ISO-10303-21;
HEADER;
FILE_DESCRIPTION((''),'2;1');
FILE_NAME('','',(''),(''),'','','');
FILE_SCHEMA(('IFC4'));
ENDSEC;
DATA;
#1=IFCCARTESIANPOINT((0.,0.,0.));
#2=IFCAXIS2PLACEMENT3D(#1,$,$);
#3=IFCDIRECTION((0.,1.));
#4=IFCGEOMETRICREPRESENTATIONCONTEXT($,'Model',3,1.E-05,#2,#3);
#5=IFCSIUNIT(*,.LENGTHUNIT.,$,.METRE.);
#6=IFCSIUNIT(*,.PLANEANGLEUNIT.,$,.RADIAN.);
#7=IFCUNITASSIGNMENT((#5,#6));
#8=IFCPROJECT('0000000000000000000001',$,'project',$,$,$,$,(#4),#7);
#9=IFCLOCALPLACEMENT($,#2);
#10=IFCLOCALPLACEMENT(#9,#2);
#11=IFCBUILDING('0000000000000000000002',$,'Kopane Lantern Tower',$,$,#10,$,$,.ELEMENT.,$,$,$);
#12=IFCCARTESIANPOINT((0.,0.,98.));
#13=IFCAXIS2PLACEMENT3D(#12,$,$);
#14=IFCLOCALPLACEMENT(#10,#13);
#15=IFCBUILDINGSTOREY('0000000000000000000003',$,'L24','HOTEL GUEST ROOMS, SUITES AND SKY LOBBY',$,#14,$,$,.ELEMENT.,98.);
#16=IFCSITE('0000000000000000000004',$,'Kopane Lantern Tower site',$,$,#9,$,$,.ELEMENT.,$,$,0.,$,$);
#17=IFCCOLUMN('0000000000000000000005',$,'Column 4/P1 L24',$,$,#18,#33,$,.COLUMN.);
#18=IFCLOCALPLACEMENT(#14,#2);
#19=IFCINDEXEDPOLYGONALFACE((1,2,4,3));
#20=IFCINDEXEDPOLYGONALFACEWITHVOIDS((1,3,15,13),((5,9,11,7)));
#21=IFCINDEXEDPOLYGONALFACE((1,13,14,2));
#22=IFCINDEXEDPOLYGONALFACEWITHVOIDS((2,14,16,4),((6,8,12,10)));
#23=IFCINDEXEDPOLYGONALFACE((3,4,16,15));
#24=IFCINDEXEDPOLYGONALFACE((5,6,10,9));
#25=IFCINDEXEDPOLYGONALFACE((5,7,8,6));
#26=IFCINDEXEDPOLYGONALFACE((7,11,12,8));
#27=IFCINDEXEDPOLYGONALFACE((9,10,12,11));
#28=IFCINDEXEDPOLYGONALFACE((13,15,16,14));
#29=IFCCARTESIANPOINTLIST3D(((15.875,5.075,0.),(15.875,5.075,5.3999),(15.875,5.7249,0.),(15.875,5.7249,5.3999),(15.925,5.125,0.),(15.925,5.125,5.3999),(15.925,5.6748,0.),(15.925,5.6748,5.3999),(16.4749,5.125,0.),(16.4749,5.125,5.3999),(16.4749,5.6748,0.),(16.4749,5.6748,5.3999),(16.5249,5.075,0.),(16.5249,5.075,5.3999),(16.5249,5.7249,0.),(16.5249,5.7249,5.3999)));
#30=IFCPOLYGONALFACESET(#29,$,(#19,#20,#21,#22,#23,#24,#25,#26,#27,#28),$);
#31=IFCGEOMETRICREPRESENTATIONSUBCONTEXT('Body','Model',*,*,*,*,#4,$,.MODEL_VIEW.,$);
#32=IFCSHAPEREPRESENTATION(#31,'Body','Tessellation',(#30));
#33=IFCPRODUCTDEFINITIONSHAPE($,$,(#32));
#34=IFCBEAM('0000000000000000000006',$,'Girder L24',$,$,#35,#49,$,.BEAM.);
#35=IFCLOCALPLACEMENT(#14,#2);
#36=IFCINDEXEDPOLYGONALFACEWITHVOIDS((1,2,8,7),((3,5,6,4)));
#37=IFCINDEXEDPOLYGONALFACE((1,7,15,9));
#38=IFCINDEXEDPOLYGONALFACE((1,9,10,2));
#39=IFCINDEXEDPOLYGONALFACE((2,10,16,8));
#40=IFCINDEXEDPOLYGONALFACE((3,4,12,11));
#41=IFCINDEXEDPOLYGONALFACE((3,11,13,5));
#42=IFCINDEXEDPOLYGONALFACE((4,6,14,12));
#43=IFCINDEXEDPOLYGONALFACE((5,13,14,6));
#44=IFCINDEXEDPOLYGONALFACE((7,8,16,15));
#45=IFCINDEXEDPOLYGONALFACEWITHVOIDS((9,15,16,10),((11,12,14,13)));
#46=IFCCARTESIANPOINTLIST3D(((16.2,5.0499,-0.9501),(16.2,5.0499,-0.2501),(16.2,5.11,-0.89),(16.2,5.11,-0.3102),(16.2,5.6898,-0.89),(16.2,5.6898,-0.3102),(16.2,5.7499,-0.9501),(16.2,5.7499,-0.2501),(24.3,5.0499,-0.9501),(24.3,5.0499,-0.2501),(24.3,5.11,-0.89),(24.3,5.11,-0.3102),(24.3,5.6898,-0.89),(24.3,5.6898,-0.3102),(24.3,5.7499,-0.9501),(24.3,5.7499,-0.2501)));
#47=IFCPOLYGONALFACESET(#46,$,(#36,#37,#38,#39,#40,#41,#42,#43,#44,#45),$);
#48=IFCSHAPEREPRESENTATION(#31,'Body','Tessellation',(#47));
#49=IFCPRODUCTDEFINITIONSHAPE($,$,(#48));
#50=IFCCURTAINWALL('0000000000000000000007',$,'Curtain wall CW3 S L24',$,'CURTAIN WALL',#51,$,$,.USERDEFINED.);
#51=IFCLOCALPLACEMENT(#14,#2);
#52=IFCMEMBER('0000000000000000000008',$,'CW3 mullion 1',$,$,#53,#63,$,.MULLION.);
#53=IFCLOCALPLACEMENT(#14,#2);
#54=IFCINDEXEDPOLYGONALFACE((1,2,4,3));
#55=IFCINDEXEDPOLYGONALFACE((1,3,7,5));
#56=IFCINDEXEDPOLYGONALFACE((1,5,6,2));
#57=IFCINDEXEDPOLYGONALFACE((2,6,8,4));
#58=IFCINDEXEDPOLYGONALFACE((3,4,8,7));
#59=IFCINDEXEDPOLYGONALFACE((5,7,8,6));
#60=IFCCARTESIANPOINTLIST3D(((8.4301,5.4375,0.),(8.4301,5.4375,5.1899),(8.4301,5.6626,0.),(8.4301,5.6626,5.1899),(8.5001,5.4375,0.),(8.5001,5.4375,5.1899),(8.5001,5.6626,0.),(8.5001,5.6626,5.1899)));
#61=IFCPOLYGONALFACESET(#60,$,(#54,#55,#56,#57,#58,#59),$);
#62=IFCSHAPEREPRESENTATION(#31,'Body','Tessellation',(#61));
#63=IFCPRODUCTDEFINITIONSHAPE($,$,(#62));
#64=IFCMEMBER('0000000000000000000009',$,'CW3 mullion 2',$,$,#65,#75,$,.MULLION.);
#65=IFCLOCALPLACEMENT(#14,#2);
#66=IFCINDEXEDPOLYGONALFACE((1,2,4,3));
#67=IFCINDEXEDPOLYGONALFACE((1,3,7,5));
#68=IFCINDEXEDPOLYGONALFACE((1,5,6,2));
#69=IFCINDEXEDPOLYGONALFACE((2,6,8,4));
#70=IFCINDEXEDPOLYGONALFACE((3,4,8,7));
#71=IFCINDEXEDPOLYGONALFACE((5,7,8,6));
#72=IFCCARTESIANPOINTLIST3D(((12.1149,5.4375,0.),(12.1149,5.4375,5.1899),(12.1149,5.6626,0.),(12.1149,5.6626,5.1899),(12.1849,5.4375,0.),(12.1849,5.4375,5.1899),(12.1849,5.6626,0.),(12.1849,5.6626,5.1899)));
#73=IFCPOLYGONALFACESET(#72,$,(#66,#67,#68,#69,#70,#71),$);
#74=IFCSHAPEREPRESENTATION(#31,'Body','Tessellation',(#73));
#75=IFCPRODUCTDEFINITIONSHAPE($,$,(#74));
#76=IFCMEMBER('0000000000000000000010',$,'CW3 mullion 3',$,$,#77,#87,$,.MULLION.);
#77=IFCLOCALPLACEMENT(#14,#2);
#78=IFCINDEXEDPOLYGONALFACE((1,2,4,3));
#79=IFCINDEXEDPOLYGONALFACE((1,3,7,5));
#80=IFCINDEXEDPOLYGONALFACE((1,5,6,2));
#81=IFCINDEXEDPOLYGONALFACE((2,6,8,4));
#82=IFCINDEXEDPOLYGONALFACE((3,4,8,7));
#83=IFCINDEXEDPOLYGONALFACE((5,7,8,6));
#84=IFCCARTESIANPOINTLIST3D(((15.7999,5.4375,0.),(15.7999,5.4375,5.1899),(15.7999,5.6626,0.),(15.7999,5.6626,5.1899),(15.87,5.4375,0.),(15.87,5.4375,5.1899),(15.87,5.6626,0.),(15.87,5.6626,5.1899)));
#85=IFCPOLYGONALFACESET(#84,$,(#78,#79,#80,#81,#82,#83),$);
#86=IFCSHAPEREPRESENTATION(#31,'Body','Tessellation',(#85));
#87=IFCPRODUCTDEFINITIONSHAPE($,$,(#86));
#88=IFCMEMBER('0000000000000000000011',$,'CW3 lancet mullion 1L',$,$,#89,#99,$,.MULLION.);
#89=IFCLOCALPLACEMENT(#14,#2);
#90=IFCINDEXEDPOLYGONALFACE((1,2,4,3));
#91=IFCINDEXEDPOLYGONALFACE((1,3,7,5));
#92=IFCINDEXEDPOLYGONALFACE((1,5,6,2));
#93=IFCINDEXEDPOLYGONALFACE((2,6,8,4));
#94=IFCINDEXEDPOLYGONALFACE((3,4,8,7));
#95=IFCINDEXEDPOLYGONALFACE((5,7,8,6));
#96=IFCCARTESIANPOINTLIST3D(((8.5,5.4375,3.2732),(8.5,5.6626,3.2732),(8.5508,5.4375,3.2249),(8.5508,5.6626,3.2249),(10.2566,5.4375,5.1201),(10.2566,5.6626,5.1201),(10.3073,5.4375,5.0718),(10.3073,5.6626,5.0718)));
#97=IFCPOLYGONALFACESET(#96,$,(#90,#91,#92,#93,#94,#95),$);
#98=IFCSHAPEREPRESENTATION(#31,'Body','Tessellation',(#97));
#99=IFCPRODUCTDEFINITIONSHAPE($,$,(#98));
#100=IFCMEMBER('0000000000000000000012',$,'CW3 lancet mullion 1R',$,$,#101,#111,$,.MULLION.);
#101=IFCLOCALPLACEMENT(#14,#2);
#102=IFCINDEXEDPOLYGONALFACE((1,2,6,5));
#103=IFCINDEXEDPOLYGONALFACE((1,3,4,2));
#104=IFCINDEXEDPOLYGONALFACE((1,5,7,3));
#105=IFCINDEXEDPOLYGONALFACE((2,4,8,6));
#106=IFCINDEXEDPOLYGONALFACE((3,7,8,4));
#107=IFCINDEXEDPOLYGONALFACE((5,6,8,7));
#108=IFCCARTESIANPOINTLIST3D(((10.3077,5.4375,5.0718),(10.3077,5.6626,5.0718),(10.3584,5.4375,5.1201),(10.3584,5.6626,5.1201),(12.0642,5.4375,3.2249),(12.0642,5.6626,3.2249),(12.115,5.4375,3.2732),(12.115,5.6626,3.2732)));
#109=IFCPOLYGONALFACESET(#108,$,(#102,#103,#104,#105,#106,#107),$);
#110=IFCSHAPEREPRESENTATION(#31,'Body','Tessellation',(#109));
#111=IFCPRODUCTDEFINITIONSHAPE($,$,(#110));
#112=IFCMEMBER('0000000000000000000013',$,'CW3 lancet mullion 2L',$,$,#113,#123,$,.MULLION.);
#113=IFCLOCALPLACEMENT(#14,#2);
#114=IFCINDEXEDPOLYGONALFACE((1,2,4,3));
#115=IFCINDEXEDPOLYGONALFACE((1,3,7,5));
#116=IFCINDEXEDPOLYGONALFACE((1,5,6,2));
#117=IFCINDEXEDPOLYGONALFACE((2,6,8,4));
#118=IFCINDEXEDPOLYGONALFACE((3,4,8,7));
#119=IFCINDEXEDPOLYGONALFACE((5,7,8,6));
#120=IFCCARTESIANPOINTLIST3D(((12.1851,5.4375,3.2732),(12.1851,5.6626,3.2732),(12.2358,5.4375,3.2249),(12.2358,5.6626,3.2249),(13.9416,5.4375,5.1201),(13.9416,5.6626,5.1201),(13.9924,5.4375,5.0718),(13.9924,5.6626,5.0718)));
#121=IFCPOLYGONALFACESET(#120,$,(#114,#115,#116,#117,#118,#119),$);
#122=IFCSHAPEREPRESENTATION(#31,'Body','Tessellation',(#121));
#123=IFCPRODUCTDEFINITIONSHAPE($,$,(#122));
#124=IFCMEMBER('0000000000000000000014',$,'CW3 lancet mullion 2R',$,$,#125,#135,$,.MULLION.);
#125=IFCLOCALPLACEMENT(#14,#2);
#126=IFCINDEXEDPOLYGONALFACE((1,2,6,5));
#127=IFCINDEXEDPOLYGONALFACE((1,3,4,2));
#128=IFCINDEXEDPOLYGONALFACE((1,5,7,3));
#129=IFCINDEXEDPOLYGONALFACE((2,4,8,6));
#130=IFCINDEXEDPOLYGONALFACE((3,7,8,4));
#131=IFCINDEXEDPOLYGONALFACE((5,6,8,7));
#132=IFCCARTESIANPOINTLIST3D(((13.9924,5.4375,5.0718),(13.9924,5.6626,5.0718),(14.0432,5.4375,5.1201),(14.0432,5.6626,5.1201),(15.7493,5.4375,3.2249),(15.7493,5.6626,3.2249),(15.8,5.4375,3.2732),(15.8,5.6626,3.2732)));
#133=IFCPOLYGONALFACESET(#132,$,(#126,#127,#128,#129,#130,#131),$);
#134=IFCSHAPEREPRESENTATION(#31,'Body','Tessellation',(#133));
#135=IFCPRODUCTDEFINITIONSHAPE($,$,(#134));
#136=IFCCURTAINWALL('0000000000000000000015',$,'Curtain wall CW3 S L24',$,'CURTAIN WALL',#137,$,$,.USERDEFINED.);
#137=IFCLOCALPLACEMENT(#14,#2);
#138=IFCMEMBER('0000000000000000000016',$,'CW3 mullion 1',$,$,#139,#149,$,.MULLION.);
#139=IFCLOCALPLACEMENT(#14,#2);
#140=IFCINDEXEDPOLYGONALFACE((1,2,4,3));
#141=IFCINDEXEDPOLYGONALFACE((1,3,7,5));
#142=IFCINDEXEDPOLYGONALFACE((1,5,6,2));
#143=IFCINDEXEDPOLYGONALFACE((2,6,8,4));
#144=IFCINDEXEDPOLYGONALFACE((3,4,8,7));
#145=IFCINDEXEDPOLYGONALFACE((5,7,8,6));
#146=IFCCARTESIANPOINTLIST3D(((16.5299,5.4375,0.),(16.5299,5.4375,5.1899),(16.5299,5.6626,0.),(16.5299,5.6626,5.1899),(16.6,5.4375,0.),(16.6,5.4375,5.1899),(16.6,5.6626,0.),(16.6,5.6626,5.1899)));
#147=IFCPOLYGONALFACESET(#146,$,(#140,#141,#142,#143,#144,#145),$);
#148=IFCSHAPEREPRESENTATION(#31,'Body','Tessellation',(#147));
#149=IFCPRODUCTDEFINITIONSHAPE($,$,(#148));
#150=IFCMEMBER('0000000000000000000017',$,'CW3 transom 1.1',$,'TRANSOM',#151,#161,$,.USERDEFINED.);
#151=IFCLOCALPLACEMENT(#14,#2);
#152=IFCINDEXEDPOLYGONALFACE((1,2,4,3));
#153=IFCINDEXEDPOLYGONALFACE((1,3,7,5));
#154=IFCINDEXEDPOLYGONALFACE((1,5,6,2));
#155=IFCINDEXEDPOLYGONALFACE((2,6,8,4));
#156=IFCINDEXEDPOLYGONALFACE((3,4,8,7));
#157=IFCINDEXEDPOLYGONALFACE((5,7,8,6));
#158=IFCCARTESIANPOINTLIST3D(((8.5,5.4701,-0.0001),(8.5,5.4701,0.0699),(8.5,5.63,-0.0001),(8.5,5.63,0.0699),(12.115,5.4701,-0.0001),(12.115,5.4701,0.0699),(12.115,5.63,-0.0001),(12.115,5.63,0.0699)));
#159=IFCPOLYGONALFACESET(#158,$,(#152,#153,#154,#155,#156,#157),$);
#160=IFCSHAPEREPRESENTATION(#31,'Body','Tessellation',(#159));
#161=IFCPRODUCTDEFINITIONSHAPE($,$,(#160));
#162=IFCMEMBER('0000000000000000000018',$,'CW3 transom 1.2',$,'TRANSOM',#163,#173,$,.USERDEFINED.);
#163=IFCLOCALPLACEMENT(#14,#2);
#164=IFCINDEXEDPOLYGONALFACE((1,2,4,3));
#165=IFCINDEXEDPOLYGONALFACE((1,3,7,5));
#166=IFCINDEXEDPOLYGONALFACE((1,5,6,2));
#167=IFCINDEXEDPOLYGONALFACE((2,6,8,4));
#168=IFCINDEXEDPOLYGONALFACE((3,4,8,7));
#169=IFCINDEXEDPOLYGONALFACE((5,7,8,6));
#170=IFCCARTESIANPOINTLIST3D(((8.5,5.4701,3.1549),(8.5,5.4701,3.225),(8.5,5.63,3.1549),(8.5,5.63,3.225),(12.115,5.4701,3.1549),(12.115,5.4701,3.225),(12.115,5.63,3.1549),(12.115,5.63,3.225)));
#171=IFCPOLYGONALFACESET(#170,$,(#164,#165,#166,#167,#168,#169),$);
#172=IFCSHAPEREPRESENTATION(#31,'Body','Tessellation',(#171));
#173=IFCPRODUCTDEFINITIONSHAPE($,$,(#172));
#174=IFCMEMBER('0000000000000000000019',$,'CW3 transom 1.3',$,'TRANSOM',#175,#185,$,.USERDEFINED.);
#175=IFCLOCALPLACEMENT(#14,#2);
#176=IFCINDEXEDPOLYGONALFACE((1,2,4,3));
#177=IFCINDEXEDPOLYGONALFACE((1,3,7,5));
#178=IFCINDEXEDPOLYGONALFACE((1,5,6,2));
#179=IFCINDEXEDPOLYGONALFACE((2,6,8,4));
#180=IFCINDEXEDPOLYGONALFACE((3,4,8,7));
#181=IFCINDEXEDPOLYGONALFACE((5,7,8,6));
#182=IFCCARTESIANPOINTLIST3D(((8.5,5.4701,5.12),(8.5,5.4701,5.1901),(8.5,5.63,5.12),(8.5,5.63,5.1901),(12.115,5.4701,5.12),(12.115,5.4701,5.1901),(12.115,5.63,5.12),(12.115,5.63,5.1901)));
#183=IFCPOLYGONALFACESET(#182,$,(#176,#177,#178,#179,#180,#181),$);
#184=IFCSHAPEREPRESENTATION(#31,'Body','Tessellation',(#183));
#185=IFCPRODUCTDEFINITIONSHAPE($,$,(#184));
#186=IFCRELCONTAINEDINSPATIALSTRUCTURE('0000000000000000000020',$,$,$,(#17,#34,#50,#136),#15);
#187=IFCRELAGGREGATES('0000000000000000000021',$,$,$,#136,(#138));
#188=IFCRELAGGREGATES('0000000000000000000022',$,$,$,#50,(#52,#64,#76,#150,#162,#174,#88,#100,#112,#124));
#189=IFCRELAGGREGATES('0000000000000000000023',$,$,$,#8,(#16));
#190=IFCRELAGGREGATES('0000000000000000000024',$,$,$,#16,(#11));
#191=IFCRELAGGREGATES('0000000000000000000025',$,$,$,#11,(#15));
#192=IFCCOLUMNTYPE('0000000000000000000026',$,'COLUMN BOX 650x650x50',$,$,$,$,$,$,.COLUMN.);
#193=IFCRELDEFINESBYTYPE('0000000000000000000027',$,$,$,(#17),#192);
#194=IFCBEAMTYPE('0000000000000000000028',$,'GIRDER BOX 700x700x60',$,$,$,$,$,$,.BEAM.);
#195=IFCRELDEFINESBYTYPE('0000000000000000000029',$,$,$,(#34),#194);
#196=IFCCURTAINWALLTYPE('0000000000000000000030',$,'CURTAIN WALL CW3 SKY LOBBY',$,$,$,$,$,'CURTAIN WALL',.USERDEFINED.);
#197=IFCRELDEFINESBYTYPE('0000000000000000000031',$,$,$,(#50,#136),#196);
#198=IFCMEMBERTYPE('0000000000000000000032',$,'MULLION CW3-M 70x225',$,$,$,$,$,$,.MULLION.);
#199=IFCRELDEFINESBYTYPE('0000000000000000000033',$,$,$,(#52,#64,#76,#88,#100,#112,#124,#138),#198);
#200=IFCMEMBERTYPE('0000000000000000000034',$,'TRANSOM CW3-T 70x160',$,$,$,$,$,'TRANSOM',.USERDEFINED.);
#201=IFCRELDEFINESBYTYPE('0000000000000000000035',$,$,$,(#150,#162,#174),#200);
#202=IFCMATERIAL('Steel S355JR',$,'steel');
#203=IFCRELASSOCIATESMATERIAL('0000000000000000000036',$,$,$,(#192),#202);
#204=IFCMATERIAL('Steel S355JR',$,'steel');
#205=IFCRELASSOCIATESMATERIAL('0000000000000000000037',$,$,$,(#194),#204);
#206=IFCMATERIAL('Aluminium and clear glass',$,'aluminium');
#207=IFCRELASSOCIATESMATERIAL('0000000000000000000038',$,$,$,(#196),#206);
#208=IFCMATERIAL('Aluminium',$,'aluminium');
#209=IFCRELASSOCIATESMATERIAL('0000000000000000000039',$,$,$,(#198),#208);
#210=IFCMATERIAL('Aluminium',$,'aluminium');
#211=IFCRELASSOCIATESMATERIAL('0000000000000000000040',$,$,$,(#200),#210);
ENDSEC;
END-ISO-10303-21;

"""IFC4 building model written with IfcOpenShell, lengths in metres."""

from ifc_helpers import new_model, si_unit, direction, frame, origin, origin_2d, place, context, subcontext, project, spatial, rectangle, hollow_rectangle, extrude, material, material_profile, profile_set, type_object, element, aggregate, save


model = new_model("IFC4")

# Units and contexts
model_context = context("Model", 3, precision=1e-05, world=origin(), true_north=direction((0.0, 1.0)))
body_context = subcontext(model_context, "Body", "Model", "MODEL_VIEW")
ifc_project = project(units=[si_unit("LENGTHUNIT", "METRE"), si_unit("PLANEANGLEUNIT", "RADIAN")], contexts=[model_context])

# Site, building, storey
site_placement = place(None, origin())
site = spatial("IfcSite", under=ifc_project, at=site_placement, Name="Kopane Lantern Tower site", CompositionType="ELEMENT", RefElevation=0.0)
building_placement = place(site_placement, origin())
building = spatial("IfcBuilding", under=site, at=building_placement, Name="Kopane Lantern Tower", CompositionType="ELEMENT")
storey_placement = place(building_placement, frame((0.0, 0.0, 98.0)))
storey = spatial("IfcBuildingStorey", under=building, at=storey_placement, Name="L24", Description="HOTEL GUEST ROOMS, SUITES AND SKY LOBBY", CompositionType="ELEMENT", Elevation=98.0)

# Column
ifc_material_1 = material(Name="Steel S355JR", Category="steel")
ifc_material_profile_1 = material_profile(ifc_material_1, hollow_rectangle(XDim=0.6499, YDim=0.6499, WallThickness=0.05, at=origin_2d()), Name="BOX 650x650x50")
ifc_profile_set_1 = profile_set([ifc_material_profile_1], Name="Steel S355JR")
column_type = type_object("IfcColumnType", Name="COLUMN BOX 650x650x50", PredefinedType="COLUMN", material=ifc_profile_set_1)
column_placement = place(storey_placement, frame((16.2, 5.3999, 0.0), z_axis=(0.0, 0.0, 1.0), x_axis=(1.0, 0.0, 0.0)))
element("IfcColumn", 1, at=column_placement, inside=storey, type_object=column_type, Name="Column 4/P1 L24", PredefinedType="COLUMN", context=body_context, shape_type="SweptSolid", body=[
    extrude(hollow_rectangle(XDim=0.6499, YDim=0.6499, WallThickness=0.05, at=origin_2d()), origin(), (0.0, 0.0, 1.0), 5.3999),
])

# Beam
ifc_material_2 = material(Name="Steel S355JR", Category="steel")
ifc_material_profile_2 = material_profile(ifc_material_2, hollow_rectangle(XDim=0.7, YDim=0.7, WallThickness=0.0601, at=origin_2d()), Name="BOX 700x700x60")
ifc_profile_set_2 = profile_set([ifc_material_profile_2], Name="Steel S355JR")
beam_type = type_object("IfcBeamType", Name="GIRDER BOX 700x700x60", PredefinedType="BEAM", material=ifc_profile_set_2)
beam_placement = place(storey_placement, frame((16.2, 5.3999, -0.6001), z_axis=(1.0, 0.0, 0.0), x_axis=(0.0, 1.0, 0.0)))
element("IfcBeam", 2, at=beam_placement, inside=storey, type_object=beam_type, Name="Girder L24", PredefinedType="BEAM", context=body_context, shape_type="SweptSolid", body=[
    extrude(hollow_rectangle(XDim=0.7, YDim=0.7, WallThickness=0.0601, at=origin_2d()), origin(), (0.0, 0.0, 1.0), 8.1001),
])

# Curtain wall, members
ifc_material_3 = material(Name="Aluminium and clear glass", Category="aluminium")
curtain_wall_type = type_object("IfcCurtainWallType", Name="CURTAIN WALL CW3 SKY LOBBY", ElementType="CURTAIN WALL", PredefinedType="USERDEFINED", material=ifc_material_3)
curtain_wall_1_placement = place(storey_placement, origin())
curtain_wall_1 = element("IfcCurtainWall", 3, at=curtain_wall_1_placement, inside=storey, type_object=curtain_wall_type, Name="Curtain wall CW3 S L24", ObjectType="CURTAIN WALL", PredefinedType="USERDEFINED")
ifc_material_4 = material(Name="Aluminium", Category="aluminium")
ifc_material_profile_3 = material_profile(ifc_material_4, rectangle(XDim=0.0701, YDim=0.2251, at=origin_2d()), Name="AL 70x225")
ifc_profile_set_3 = profile_set([ifc_material_profile_3], Name="Aluminium")
member_type_1 = type_object("IfcMemberType", Name="MULLION CW3-M 70x225", PredefinedType="MULLION", material=ifc_profile_set_3)
member_1_placement = place(storey_placement, frame((8.4651, 5.55, 0.0), z_axis=(0.0, 0.0, 1.0), x_axis=(1.0, 0.0, 0.0)))
member_1 = element("IfcMember", 4, at=member_1_placement, type_object=member_type_1, Name="CW3 mullion 1", PredefinedType="MULLION", context=body_context, shape_type="SweptSolid", body=[
    extrude(rectangle(XDim=0.0701, YDim=0.2251, at=origin_2d()), origin(), (0.0, 0.0, 1.0), 5.1899),
])
member_2_placement = place(storey_placement, frame((12.1499, 5.55, 0.0), z_axis=(0.0, 0.0, 1.0), x_axis=(1.0, 0.0, 0.0)))
member_2 = element("IfcMember", 5, at=member_2_placement, type_object=member_type_1, Name="CW3 mullion 2", PredefinedType="MULLION", context=body_context, shape_type="SweptSolid", body=[
    extrude(rectangle(XDim=0.0701, YDim=0.2251, at=origin_2d()), origin(), (0.0, 0.0, 1.0), 5.1899),
])
member_3_placement = place(storey_placement, frame((15.835, 5.55, 0.0), z_axis=(0.0, 0.0, 1.0), x_axis=(1.0, 0.0, 0.0)))
member_3 = element("IfcMember", 6, at=member_3_placement, type_object=member_type_1, Name="CW3 mullion 3", PredefinedType="MULLION", context=body_context, shape_type="SweptSolid", body=[
    extrude(rectangle(XDim=0.0701, YDim=0.2251, at=origin_2d()), origin(), (0.0, 0.0, 1.0), 5.1899),
])
member_4_placement = place(storey_placement, frame((8.5254, 5.55, 3.249), z_axis=(0.689165, 0.0, 0.724605), x_axis=(-0.724605, 0.0, 0.689165)))
member_4 = element("IfcMember", 7, at=member_4_placement, type_object=member_type_1, Name="CW3 lancet mullion 1L", PredefinedType="MULLION", context=body_context, shape_type="SweptSolid", body=[
    extrude(rectangle(XDim=0.0701, YDim=0.2251, at=origin_2d()), origin(), (0.0, 0.0, 1.0), 2.5488),
])
member_5_placement = place(storey_placement, frame((12.0896, 5.55, 3.249), z_axis=(-0.689165, 0.0, 0.724605), x_axis=(0.724605, 0.0, 0.689165)))
member_5 = element("IfcMember", 8, at=member_5_placement, type_object=member_type_1, Name="CW3 lancet mullion 1R", PredefinedType="MULLION", context=body_context, shape_type="SweptSolid", body=[
    extrude(rectangle(XDim=0.0701, YDim=0.2251, at=origin_2d()), origin(), (0.0, 0.0, 1.0), 2.5488),
])
member_6_placement = place(storey_placement, frame((12.2104, 5.55, 3.249), z_axis=(0.689165, 0.0, 0.724605), x_axis=(-0.724605, 0.0, 0.689165)))
member_6 = element("IfcMember", 9, at=member_6_placement, type_object=member_type_1, Name="CW3 lancet mullion 2L", PredefinedType="MULLION", context=body_context, shape_type="SweptSolid", body=[
    extrude(rectangle(XDim=0.0701, YDim=0.2251, at=origin_2d()), origin(), (0.0, 0.0, 1.0), 2.5488),
])
member_7_placement = place(storey_placement, frame((15.7747, 5.55, 3.249), z_axis=(-0.689215, 0.0, 0.724557), x_axis=(0.724557, 0.0, 0.689215)))
member_7 = element("IfcMember", 10, at=member_7_placement, type_object=member_type_1, Name="CW3 lancet mullion 2R", PredefinedType="MULLION", context=body_context, shape_type="SweptSolid", body=[
    extrude(rectangle(XDim=0.0701, YDim=0.2251, at=origin_2d()), origin(), (0.0, 0.0, 1.0), 2.5491),
])

# Curtain wall, member
curtain_wall_2_placement = place(storey_placement, origin())
curtain_wall_2 = element("IfcCurtainWall", 11, at=curtain_wall_2_placement, inside=storey, type_object=curtain_wall_type, Name="Curtain wall CW3 S L24", ObjectType="CURTAIN WALL", PredefinedType="USERDEFINED")
member_8_placement = place(storey_placement, frame((16.5649, 5.55, 0.0), z_axis=(0.0, 0.0, 1.0), x_axis=(1.0, 0.0, 0.0)))
member_8 = element("IfcMember", 12, at=member_8_placement, type_object=member_type_1, Name="CW3 mullion 1", PredefinedType="MULLION", context=body_context, shape_type="SweptSolid", body=[
    extrude(rectangle(XDim=0.0701, YDim=0.2251, at=origin_2d()), origin(), (0.0, 0.0, 1.0), 5.1899),
])

# Members
ifc_material_5 = material(Name="Aluminium", Category="aluminium")
ifc_material_profile_4 = material_profile(ifc_material_5, rectangle(XDim=0.1599, YDim=0.0701, at=origin_2d()), Name="AL 160x70")
ifc_profile_set_4 = profile_set([ifc_material_profile_4], Name="Aluminium")
member_type_2 = type_object("IfcMemberType", Name="TRANSOM CW3-T 70x160", ElementType="TRANSOM", PredefinedType="USERDEFINED", material=ifc_profile_set_4)
member_9_placement = place(storey_placement, frame((8.5, 5.55, 0.0349), z_axis=(1.0, 0.0, 0.0), x_axis=(0.0, 1.0, 0.0)))
member_9 = element("IfcMember", 13, at=member_9_placement, type_object=member_type_2, Name="CW3 transom 1.1", ObjectType="TRANSOM", PredefinedType="USERDEFINED", context=body_context, shape_type="SweptSolid", body=[
    extrude(rectangle(XDim=0.1599, YDim=0.0701, at=origin_2d()), origin(), (0.0, 0.0, 1.0), 3.615),
])
member_10_placement = place(storey_placement, frame((8.5, 5.55, 3.1899), z_axis=(1.0, 0.0, 0.0), x_axis=(0.0, 1.0, 0.0)))
member_10 = element("IfcMember", 14, at=member_10_placement, type_object=member_type_2, Name="CW3 transom 1.2", ObjectType="TRANSOM", PredefinedType="USERDEFINED", context=body_context, shape_type="SweptSolid", body=[
    extrude(rectangle(XDim=0.1599, YDim=0.0701, at=origin_2d()), origin(), (0.0, 0.0, 1.0), 3.615),
])
member_11_placement = place(storey_placement, frame((8.5, 5.55, 5.155), z_axis=(1.0, 0.0, 0.0), x_axis=(0.0, 1.0, 0.0)))
member_11 = element("IfcMember", 15, at=member_11_placement, type_object=member_type_2, Name="CW3 transom 1.3", ObjectType="TRANSOM", PredefinedType="USERDEFINED", context=body_context, shape_type="SweptSolid", body=[
    extrude(rectangle(XDim=0.1599, YDim=0.0701, at=origin_2d()), origin(), (0.0, 0.0, 1.0), 3.615),
])
aggregate(curtain_wall_2, [member_8])

aggregate(curtain_wall_1, [member_1, member_2, member_3, member_9, member_10, member_11, member_4, member_5, member_6, member_7])

save(model, "model.ifc")
